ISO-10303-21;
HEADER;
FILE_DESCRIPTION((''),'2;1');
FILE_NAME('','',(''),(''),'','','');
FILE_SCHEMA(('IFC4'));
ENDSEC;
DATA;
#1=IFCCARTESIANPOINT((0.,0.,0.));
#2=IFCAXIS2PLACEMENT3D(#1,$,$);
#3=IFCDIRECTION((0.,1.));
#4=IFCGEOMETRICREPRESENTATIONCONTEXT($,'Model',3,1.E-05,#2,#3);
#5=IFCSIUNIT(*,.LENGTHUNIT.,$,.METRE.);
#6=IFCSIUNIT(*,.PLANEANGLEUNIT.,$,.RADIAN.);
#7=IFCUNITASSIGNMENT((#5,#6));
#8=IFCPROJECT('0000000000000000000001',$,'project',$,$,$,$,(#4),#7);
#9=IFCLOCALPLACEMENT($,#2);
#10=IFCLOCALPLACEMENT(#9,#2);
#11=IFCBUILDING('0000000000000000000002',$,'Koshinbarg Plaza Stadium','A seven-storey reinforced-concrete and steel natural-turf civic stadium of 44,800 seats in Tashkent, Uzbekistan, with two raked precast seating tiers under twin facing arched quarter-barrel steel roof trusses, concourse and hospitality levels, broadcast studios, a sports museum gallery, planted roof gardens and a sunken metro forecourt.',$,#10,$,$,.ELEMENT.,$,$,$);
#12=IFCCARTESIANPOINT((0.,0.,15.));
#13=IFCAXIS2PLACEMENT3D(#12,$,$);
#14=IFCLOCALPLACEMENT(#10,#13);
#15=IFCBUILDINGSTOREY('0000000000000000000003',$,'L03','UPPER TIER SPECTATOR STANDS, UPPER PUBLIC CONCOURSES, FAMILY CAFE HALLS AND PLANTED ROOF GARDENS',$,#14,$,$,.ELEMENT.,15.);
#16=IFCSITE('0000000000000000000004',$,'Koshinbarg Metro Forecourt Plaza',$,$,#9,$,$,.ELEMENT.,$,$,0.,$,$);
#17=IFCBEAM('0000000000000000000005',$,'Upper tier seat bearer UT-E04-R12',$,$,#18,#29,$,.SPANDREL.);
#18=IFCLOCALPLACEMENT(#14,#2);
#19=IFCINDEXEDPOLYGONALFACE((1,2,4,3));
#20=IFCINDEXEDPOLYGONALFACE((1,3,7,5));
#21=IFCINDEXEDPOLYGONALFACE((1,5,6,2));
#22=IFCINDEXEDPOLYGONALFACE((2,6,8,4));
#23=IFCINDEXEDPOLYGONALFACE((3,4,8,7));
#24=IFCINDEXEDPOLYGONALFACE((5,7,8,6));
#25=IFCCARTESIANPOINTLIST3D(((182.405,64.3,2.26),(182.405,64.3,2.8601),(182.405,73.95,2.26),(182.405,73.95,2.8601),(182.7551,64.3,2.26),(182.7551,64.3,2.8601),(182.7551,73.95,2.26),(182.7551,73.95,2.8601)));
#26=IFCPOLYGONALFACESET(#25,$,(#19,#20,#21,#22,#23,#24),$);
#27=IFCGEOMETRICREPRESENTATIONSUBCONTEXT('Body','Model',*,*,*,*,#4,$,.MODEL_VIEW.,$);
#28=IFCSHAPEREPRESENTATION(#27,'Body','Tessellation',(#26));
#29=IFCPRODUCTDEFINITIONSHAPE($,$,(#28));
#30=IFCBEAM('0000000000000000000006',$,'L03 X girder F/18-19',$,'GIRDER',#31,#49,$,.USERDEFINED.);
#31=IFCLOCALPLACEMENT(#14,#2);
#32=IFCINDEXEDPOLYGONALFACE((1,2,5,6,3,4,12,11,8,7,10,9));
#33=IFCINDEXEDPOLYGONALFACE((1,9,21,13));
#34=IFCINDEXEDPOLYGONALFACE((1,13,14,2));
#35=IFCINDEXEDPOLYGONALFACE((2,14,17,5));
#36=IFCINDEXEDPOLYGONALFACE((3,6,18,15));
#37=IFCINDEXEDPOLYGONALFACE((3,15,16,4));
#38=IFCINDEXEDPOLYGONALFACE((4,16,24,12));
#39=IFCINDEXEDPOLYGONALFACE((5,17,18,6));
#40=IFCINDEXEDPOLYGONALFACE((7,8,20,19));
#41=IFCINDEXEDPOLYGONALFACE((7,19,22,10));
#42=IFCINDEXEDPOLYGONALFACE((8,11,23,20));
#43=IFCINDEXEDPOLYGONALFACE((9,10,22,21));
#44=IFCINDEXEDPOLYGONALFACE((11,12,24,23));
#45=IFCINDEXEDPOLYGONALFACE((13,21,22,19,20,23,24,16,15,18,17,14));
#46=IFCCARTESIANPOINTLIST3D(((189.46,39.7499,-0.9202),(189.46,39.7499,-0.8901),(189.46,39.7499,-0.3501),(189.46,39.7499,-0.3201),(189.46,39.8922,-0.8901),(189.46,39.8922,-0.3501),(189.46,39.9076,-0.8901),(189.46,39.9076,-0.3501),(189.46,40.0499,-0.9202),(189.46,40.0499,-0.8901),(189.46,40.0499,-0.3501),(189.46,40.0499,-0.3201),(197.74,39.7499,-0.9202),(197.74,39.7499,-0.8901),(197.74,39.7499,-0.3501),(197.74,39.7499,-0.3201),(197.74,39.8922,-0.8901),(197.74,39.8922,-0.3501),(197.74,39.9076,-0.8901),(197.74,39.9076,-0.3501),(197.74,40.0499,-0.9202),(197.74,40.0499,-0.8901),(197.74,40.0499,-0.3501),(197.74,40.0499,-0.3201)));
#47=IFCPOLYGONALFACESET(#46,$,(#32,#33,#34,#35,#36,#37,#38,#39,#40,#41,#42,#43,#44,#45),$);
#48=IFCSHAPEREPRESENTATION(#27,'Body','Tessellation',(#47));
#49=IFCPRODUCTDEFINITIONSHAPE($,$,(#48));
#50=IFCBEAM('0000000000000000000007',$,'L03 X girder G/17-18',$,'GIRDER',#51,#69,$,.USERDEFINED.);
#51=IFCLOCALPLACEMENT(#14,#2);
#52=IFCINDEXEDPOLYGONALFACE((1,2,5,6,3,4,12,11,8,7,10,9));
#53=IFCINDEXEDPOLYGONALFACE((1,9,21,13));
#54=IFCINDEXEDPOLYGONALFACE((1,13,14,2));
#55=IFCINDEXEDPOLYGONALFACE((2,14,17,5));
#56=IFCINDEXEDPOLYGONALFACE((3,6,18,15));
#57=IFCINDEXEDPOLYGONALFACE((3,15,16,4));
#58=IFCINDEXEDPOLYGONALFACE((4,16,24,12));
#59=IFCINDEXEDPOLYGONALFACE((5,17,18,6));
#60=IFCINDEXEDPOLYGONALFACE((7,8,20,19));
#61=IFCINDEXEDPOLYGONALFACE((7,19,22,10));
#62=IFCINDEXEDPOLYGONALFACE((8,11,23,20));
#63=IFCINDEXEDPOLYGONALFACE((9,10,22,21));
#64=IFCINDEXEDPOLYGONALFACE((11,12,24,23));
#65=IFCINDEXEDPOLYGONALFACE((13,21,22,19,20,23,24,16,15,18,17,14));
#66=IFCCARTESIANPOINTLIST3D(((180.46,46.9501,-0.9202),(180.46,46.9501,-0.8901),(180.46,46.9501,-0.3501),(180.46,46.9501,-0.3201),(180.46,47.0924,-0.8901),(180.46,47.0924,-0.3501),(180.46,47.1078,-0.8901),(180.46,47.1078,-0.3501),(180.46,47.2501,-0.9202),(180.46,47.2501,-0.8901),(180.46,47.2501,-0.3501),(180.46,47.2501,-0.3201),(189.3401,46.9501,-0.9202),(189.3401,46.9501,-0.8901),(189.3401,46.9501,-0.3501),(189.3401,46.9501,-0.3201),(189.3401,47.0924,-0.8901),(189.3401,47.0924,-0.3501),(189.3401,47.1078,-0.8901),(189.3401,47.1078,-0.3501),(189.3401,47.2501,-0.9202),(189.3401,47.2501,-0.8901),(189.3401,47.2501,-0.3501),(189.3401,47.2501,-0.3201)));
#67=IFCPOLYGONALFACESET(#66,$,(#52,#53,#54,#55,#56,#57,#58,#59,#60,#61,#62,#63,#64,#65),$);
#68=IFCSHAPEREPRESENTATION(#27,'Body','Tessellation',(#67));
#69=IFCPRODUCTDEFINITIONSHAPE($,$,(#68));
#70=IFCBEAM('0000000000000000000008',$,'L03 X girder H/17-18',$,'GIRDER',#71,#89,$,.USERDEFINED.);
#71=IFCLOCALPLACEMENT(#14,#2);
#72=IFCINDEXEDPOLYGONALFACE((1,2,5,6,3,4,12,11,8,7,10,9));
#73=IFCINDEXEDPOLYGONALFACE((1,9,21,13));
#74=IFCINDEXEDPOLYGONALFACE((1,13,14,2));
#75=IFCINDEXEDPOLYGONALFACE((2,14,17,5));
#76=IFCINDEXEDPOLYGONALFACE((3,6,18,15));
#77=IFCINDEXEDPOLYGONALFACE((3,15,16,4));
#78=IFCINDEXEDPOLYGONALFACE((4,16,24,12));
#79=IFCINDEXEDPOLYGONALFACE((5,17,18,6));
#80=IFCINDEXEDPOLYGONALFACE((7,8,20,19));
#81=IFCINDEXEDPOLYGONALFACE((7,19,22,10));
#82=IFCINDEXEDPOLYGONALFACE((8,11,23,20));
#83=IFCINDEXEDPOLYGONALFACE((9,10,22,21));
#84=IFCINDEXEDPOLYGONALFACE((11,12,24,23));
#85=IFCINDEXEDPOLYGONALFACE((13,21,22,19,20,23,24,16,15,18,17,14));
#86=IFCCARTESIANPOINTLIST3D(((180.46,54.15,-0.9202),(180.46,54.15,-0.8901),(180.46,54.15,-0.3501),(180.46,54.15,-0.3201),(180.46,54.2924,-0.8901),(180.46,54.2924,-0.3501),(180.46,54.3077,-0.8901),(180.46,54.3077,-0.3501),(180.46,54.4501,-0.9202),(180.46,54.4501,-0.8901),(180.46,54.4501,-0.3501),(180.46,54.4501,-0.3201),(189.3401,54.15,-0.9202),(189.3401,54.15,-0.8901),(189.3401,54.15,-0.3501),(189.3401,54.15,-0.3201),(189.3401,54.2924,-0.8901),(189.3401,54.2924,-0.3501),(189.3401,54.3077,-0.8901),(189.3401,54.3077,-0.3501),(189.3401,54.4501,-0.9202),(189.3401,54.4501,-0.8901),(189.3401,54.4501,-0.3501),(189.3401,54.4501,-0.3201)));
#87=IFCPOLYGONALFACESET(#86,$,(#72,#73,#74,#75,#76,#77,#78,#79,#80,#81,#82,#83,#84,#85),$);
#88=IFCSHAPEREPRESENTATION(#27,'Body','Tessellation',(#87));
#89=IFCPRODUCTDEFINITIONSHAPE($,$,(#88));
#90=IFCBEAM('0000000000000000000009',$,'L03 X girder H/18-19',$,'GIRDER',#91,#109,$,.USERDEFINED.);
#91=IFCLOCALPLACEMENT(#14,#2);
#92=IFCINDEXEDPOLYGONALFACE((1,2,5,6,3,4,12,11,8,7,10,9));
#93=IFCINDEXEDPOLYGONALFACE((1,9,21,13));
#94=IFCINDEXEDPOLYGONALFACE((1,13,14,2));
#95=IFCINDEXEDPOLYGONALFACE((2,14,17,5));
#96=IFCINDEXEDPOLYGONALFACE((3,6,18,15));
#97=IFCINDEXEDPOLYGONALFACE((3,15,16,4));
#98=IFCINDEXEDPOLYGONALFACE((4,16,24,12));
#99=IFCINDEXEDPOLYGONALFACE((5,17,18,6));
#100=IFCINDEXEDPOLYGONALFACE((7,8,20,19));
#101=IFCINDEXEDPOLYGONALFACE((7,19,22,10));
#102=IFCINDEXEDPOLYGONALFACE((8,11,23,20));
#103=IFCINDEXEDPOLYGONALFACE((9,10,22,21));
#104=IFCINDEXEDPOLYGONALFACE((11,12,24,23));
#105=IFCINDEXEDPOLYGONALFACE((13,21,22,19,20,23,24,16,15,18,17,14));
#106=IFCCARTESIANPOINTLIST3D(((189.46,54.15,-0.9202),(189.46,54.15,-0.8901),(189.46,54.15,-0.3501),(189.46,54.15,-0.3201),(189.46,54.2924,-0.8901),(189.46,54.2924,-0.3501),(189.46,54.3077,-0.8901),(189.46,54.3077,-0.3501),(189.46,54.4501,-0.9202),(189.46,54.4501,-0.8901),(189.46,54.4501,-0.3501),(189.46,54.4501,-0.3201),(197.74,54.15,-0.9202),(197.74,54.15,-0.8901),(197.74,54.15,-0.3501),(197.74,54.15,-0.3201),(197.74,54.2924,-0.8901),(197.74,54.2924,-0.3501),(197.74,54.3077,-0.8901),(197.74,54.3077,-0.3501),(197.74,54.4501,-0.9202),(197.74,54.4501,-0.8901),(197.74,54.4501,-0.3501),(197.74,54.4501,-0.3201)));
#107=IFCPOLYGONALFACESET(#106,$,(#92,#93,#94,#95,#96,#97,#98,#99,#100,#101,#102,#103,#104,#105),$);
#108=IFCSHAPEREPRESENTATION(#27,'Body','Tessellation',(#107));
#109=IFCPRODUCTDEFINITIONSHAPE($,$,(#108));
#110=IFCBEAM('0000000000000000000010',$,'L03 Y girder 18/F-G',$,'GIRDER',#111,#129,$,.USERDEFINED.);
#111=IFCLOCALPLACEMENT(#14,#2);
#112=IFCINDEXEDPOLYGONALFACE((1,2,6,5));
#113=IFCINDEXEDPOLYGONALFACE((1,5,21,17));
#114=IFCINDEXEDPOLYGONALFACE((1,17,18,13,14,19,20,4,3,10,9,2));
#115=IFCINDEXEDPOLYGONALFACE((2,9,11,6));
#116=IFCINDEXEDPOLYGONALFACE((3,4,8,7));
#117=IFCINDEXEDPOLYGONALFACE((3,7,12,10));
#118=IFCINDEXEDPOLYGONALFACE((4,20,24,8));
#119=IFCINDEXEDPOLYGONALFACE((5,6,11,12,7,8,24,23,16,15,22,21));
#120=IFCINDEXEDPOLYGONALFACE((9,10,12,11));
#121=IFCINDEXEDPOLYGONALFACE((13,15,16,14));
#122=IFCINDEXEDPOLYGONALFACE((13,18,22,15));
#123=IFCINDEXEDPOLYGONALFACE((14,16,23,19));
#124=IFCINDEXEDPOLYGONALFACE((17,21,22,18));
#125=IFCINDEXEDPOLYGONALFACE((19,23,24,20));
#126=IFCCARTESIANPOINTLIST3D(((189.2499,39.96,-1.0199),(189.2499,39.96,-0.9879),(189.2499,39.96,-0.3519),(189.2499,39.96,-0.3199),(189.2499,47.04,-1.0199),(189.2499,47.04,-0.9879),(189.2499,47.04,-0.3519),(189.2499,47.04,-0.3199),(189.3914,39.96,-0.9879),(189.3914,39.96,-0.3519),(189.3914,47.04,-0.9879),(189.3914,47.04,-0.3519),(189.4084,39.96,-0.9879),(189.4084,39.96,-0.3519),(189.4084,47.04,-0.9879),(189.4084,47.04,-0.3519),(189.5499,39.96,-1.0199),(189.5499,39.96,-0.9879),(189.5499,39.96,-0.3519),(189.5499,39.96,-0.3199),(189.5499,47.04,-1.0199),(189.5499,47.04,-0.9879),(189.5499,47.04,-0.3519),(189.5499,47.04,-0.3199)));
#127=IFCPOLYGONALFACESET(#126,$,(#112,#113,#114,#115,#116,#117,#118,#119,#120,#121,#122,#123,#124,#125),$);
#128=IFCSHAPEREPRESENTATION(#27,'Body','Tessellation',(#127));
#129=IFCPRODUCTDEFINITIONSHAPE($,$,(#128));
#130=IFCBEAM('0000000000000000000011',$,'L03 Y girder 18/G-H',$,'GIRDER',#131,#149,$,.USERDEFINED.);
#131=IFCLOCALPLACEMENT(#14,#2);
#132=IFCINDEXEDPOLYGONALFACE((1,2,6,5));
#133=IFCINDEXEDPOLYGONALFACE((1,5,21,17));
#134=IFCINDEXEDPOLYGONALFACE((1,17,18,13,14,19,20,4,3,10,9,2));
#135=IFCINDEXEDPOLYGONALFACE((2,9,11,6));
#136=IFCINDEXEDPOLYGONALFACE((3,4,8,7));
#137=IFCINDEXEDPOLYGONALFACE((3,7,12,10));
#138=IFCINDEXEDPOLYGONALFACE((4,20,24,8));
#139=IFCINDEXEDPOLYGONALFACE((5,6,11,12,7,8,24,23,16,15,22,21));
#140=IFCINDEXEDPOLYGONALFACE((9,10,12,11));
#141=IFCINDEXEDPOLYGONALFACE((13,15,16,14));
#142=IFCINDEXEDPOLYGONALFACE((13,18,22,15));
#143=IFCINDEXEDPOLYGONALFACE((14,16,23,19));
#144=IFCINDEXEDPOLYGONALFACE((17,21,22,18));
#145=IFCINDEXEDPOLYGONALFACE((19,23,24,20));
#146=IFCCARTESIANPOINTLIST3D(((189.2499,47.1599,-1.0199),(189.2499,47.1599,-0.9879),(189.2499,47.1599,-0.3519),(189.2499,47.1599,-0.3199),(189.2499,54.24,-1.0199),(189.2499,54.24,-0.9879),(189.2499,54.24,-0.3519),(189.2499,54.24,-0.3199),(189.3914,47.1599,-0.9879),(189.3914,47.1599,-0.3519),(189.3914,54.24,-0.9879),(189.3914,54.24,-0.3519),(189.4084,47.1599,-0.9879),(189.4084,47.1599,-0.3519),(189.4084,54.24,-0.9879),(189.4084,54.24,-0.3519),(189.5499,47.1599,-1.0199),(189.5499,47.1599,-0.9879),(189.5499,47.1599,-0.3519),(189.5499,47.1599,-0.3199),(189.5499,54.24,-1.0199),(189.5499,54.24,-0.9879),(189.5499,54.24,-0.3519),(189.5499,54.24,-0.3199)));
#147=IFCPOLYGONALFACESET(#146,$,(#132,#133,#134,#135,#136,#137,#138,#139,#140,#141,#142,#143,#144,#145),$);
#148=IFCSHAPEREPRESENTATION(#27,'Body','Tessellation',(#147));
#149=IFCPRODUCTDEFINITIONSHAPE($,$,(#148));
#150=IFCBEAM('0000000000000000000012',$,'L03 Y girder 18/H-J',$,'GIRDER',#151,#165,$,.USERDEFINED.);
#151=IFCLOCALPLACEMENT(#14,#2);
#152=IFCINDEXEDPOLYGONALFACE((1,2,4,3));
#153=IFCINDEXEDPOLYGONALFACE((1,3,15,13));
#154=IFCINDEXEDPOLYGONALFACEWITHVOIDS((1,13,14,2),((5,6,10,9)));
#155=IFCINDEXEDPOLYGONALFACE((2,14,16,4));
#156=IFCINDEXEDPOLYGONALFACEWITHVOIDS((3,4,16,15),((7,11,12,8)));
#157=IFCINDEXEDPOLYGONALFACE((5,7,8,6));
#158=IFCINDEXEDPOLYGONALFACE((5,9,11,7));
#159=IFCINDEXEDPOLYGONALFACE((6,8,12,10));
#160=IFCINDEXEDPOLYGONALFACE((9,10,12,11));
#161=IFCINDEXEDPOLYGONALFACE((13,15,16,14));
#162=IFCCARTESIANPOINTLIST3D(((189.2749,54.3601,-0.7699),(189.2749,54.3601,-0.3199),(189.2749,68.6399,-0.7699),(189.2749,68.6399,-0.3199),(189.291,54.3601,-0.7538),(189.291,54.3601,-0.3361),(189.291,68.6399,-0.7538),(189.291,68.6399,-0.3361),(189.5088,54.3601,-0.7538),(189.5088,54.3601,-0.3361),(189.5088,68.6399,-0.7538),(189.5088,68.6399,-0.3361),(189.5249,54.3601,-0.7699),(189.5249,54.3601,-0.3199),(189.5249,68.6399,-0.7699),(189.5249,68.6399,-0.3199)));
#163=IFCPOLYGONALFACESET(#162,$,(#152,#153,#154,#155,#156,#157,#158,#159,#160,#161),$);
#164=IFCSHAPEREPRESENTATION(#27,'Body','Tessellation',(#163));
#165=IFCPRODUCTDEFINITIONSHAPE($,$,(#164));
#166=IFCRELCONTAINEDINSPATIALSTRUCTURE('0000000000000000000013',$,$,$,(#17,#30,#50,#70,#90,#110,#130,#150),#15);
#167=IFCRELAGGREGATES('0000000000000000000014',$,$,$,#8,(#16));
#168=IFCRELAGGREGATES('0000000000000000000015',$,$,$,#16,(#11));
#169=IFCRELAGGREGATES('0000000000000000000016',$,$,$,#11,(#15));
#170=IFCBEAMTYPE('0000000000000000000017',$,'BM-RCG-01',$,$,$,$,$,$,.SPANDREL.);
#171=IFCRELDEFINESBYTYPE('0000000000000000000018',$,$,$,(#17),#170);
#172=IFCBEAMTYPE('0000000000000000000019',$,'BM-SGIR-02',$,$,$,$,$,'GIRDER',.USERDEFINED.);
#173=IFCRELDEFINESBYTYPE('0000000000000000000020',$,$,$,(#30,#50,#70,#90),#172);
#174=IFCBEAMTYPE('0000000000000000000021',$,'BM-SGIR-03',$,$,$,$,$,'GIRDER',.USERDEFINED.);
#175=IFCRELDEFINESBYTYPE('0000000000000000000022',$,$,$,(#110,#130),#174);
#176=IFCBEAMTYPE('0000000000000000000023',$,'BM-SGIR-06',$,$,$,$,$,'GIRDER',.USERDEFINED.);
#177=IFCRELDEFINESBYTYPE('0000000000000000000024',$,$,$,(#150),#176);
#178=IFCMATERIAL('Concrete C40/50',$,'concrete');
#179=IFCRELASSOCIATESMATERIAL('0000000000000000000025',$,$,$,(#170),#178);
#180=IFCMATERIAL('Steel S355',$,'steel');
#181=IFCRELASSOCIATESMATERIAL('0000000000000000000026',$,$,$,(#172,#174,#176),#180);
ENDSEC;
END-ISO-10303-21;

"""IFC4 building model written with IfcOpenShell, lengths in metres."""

from ifc_helpers import new_model, si_unit, direction, frame, origin, origin_2d, place, context, subcontext, project, spatial, rectangle, hollow_rectangle, i_section, extrude, material, material_profile, profile_set, type_object, element, save


model = new_model("IFC4")

# Units and contexts
model_context = context("Model", 3, precision=1e-05, world=origin(), true_north=direction((0.0, 1.0)))
body_context = subcontext(model_context, "Body", "Model", "MODEL_VIEW")
ifc_project = project(units=[si_unit("LENGTHUNIT", "METRE"), si_unit("PLANEANGLEUNIT", "RADIAN")], contexts=[model_context])

# Site, building, storey
site_placement = place(None, origin())
site = spatial("IfcSite", under=ifc_project, at=site_placement, Name="Koshinbarg Metro Forecourt Plaza", CompositionType="ELEMENT", RefElevation=0.0)
building_placement = place(site_placement, origin())
building = spatial("IfcBuilding", under=site, at=building_placement, Name="Koshinbarg Plaza Stadium", Description="A seven-storey reinforced-concrete and steel natural-turf civic stadium of 44,800 seats in Tashkent, Uzbekistan, with two raked precast seating tiers under twin facing arched quarter-barrel steel roof trusses, concourse and hospitality levels, broadcast studios, a sports museum gallery, planted roof gardens and a sunken metro forecourt.", CompositionType="ELEMENT")
storey_placement = place(building_placement, frame((0.0, 0.0, 15.0)))
storey = spatial("IfcBuildingStorey", under=building, at=storey_placement, Name="L03", Description="UPPER TIER SPECTATOR STANDS, UPPER PUBLIC CONCOURSES, FAMILY CAFE HALLS AND PLANTED ROOF GARDENS", CompositionType="ELEMENT", Elevation=15.0)

# Shared definitions
ifc_material_1 = material(Name="Concrete C40/50", Category="concrete")

# Beams
ifc_material_profile_1 = material_profile(ifc_material_1, rectangle(XDim=0.3501, YDim=0.6001, at=origin_2d()), Name="RC 350x600")
ifc_profile_set_1 = profile_set([ifc_material_profile_1], Name="Concrete C40/50")
beam_type_1 = type_object("IfcBeamType", Name="BM-RCG-01", PredefinedType="SPANDREL", material=ifc_profile_set_1)
for number, where, z_axis, x_axis, name in (
    (1, (182.5801, 64.3, 2.5601), (0.0, 1.0, 0.0), (-1.0, 0.0, 0.0), "Upper tier seat bearer UT-E04-R12"),
):
    element("IfcBeam", number, at=place(storey_placement, frame(where, z_axis=z_axis, x_axis=x_axis)), inside=storey, type_object=beam_type_1, Name=name, PredefinedType="SPANDREL", context=body_context, shape_type="SweptSolid", body=[
        extrude(rectangle(XDim=0.3501, YDim=0.6001, at=origin_2d()), origin(), (0.0, 0.0, 1.0), 9.6499),
    ])
ifc_material_2 = material(Name="Steel S355", Category="steel")
ifc_material_profile_2 = material_profile(ifc_material_2, i_section(OverallWidth=0.3, OverallDepth=0.6001, WebThickness=0.0154, FlangeThickness=0.03, at=origin_2d()), Name="HEB 600")
ifc_profile_set_2 = profile_set([ifc_material_profile_2], Name="Steel S355")
beam_type_2 = type_object("IfcBeamType", Name="BM-SGIR-02", ElementType="GIRDER", PredefinedType="USERDEFINED", material=ifc_profile_set_2)
beam_1_placement = place(storey_placement, frame((189.46, 39.8999, -0.6201), z_axis=(1.0, 0.0, 0.0), x_axis=(0.0, 1.0, 0.0)))
element("IfcBeam", 2, at=beam_1_placement, inside=storey, type_object=beam_type_2, Name="L03 X girder F/18-19", ObjectType="GIRDER", PredefinedType="USERDEFINED", context=body_context, shape_type="SweptSolid", body=[
    extrude(i_section(OverallWidth=0.3, OverallDepth=0.6001, WebThickness=0.0154, FlangeThickness=0.03, at=origin_2d()), origin(), (0.0, 0.0, 1.0), 8.28),
])
for number, where, z_axis, x_axis, name in (
    (3, (180.46, 47.1001, -0.6201), (1.0, 0.0, 0.0), (0.0, 1.0, 0.0), "L03 X girder G/17-18"),
    (4, (180.46, 54.3, -0.6201), (1.0, 0.0, 0.0), (0.0, 1.0, 0.0), "L03 X girder H/17-18"),
):
    element("IfcBeam", number, at=place(storey_placement, frame(where, z_axis=z_axis, x_axis=x_axis)), inside=storey, type_object=beam_type_2, Name=name, ObjectType="GIRDER", PredefinedType="USERDEFINED", context=body_context, shape_type="SweptSolid", body=[
        extrude(i_section(OverallWidth=0.3, OverallDepth=0.6001, WebThickness=0.0154, FlangeThickness=0.03, at=origin_2d()), origin(), (0.0, 0.0, 1.0), 8.8801),
    ])
beam_2_placement = place(storey_placement, frame((189.46, 54.3, -0.6201), z_axis=(1.0, 0.0, 0.0), x_axis=(0.0, 1.0, 0.0)))
element("IfcBeam", 5, at=beam_2_placement, inside=storey, type_object=beam_type_2, Name="L03 X girder H/18-19", ObjectType="GIRDER", PredefinedType="USERDEFINED", context=body_context, shape_type="SweptSolid", body=[
    extrude(i_section(OverallWidth=0.3, OverallDepth=0.6001, WebThickness=0.0154, FlangeThickness=0.03, at=origin_2d()), origin(), (0.0, 0.0, 1.0), 8.28),
])
ifc_material_profile_3 = material_profile(ifc_material_2, i_section(OverallWidth=0.3, OverallDepth=0.7, WebThickness=0.0171, FlangeThickness=0.032, at=origin_2d()), Name="HEB 700")
ifc_profile_set_3 = profile_set([ifc_material_profile_3], Name="Steel S355")
beam_type_3 = type_object("IfcBeamType", Name="BM-SGIR-03", ElementType="GIRDER", PredefinedType="USERDEFINED", material=ifc_profile_set_3)
for number, where, z_axis, x_axis, name in (
    (6, (189.3999, 39.96, -0.6699), (0.0, 1.0, 0.0), (-1.0, 0.0, 0.0), "L03 Y girder 18/F-G"),
    (7, (189.3999, 47.1599, -0.6699), (0.0, 1.0, 0.0), (-1.0, 0.0, 0.0), "L03 Y girder 18/G-H"),
):
    element("IfcBeam", number, at=place(storey_placement, frame(where, z_axis=z_axis, x_axis=x_axis)), inside=storey, type_object=beam_type_3, Name=name, ObjectType="GIRDER", PredefinedType="USERDEFINED", context=body_context, shape_type="SweptSolid", body=[
        extrude(i_section(OverallWidth=0.3, OverallDepth=0.7, WebThickness=0.0171, FlangeThickness=0.032, at=origin_2d()), origin(), (0.0, 0.0, 1.0), 7.0801),
    ])
ifc_material_profile_4 = material_profile(ifc_material_2, hollow_rectangle(XDim=0.25, YDim=0.45, WallThickness=0.0161, at=origin_2d()), Name="RHS 450x250x16")
ifc_profile_set_4 = profile_set([ifc_material_profile_4], Name="Steel S355")
beam_type_4 = type_object("IfcBeamType", Name="BM-SGIR-06", ElementType="GIRDER", PredefinedType="USERDEFINED", material=ifc_profile_set_4)
beam_3_placement = place(storey_placement, frame((189.3999, 54.3601, -0.5449), z_axis=(0.0, 1.0, 0.0), x_axis=(-1.0, 0.0, 0.0)))
element("IfcBeam", 8, at=beam_3_placement, inside=storey, type_object=beam_type_4, Name="L03 Y girder 18/H-J", ObjectType="GIRDER", PredefinedType="USERDEFINED", context=body_context, shape_type="SweptSolid", body=[
    extrude(hollow_rectangle(XDim=0.25, YDim=0.45, WallThickness=0.0161, at=origin_2d()), origin(), (0.0, 0.0, 1.0), 14.2798),
])

save(model, "model.ifc")
